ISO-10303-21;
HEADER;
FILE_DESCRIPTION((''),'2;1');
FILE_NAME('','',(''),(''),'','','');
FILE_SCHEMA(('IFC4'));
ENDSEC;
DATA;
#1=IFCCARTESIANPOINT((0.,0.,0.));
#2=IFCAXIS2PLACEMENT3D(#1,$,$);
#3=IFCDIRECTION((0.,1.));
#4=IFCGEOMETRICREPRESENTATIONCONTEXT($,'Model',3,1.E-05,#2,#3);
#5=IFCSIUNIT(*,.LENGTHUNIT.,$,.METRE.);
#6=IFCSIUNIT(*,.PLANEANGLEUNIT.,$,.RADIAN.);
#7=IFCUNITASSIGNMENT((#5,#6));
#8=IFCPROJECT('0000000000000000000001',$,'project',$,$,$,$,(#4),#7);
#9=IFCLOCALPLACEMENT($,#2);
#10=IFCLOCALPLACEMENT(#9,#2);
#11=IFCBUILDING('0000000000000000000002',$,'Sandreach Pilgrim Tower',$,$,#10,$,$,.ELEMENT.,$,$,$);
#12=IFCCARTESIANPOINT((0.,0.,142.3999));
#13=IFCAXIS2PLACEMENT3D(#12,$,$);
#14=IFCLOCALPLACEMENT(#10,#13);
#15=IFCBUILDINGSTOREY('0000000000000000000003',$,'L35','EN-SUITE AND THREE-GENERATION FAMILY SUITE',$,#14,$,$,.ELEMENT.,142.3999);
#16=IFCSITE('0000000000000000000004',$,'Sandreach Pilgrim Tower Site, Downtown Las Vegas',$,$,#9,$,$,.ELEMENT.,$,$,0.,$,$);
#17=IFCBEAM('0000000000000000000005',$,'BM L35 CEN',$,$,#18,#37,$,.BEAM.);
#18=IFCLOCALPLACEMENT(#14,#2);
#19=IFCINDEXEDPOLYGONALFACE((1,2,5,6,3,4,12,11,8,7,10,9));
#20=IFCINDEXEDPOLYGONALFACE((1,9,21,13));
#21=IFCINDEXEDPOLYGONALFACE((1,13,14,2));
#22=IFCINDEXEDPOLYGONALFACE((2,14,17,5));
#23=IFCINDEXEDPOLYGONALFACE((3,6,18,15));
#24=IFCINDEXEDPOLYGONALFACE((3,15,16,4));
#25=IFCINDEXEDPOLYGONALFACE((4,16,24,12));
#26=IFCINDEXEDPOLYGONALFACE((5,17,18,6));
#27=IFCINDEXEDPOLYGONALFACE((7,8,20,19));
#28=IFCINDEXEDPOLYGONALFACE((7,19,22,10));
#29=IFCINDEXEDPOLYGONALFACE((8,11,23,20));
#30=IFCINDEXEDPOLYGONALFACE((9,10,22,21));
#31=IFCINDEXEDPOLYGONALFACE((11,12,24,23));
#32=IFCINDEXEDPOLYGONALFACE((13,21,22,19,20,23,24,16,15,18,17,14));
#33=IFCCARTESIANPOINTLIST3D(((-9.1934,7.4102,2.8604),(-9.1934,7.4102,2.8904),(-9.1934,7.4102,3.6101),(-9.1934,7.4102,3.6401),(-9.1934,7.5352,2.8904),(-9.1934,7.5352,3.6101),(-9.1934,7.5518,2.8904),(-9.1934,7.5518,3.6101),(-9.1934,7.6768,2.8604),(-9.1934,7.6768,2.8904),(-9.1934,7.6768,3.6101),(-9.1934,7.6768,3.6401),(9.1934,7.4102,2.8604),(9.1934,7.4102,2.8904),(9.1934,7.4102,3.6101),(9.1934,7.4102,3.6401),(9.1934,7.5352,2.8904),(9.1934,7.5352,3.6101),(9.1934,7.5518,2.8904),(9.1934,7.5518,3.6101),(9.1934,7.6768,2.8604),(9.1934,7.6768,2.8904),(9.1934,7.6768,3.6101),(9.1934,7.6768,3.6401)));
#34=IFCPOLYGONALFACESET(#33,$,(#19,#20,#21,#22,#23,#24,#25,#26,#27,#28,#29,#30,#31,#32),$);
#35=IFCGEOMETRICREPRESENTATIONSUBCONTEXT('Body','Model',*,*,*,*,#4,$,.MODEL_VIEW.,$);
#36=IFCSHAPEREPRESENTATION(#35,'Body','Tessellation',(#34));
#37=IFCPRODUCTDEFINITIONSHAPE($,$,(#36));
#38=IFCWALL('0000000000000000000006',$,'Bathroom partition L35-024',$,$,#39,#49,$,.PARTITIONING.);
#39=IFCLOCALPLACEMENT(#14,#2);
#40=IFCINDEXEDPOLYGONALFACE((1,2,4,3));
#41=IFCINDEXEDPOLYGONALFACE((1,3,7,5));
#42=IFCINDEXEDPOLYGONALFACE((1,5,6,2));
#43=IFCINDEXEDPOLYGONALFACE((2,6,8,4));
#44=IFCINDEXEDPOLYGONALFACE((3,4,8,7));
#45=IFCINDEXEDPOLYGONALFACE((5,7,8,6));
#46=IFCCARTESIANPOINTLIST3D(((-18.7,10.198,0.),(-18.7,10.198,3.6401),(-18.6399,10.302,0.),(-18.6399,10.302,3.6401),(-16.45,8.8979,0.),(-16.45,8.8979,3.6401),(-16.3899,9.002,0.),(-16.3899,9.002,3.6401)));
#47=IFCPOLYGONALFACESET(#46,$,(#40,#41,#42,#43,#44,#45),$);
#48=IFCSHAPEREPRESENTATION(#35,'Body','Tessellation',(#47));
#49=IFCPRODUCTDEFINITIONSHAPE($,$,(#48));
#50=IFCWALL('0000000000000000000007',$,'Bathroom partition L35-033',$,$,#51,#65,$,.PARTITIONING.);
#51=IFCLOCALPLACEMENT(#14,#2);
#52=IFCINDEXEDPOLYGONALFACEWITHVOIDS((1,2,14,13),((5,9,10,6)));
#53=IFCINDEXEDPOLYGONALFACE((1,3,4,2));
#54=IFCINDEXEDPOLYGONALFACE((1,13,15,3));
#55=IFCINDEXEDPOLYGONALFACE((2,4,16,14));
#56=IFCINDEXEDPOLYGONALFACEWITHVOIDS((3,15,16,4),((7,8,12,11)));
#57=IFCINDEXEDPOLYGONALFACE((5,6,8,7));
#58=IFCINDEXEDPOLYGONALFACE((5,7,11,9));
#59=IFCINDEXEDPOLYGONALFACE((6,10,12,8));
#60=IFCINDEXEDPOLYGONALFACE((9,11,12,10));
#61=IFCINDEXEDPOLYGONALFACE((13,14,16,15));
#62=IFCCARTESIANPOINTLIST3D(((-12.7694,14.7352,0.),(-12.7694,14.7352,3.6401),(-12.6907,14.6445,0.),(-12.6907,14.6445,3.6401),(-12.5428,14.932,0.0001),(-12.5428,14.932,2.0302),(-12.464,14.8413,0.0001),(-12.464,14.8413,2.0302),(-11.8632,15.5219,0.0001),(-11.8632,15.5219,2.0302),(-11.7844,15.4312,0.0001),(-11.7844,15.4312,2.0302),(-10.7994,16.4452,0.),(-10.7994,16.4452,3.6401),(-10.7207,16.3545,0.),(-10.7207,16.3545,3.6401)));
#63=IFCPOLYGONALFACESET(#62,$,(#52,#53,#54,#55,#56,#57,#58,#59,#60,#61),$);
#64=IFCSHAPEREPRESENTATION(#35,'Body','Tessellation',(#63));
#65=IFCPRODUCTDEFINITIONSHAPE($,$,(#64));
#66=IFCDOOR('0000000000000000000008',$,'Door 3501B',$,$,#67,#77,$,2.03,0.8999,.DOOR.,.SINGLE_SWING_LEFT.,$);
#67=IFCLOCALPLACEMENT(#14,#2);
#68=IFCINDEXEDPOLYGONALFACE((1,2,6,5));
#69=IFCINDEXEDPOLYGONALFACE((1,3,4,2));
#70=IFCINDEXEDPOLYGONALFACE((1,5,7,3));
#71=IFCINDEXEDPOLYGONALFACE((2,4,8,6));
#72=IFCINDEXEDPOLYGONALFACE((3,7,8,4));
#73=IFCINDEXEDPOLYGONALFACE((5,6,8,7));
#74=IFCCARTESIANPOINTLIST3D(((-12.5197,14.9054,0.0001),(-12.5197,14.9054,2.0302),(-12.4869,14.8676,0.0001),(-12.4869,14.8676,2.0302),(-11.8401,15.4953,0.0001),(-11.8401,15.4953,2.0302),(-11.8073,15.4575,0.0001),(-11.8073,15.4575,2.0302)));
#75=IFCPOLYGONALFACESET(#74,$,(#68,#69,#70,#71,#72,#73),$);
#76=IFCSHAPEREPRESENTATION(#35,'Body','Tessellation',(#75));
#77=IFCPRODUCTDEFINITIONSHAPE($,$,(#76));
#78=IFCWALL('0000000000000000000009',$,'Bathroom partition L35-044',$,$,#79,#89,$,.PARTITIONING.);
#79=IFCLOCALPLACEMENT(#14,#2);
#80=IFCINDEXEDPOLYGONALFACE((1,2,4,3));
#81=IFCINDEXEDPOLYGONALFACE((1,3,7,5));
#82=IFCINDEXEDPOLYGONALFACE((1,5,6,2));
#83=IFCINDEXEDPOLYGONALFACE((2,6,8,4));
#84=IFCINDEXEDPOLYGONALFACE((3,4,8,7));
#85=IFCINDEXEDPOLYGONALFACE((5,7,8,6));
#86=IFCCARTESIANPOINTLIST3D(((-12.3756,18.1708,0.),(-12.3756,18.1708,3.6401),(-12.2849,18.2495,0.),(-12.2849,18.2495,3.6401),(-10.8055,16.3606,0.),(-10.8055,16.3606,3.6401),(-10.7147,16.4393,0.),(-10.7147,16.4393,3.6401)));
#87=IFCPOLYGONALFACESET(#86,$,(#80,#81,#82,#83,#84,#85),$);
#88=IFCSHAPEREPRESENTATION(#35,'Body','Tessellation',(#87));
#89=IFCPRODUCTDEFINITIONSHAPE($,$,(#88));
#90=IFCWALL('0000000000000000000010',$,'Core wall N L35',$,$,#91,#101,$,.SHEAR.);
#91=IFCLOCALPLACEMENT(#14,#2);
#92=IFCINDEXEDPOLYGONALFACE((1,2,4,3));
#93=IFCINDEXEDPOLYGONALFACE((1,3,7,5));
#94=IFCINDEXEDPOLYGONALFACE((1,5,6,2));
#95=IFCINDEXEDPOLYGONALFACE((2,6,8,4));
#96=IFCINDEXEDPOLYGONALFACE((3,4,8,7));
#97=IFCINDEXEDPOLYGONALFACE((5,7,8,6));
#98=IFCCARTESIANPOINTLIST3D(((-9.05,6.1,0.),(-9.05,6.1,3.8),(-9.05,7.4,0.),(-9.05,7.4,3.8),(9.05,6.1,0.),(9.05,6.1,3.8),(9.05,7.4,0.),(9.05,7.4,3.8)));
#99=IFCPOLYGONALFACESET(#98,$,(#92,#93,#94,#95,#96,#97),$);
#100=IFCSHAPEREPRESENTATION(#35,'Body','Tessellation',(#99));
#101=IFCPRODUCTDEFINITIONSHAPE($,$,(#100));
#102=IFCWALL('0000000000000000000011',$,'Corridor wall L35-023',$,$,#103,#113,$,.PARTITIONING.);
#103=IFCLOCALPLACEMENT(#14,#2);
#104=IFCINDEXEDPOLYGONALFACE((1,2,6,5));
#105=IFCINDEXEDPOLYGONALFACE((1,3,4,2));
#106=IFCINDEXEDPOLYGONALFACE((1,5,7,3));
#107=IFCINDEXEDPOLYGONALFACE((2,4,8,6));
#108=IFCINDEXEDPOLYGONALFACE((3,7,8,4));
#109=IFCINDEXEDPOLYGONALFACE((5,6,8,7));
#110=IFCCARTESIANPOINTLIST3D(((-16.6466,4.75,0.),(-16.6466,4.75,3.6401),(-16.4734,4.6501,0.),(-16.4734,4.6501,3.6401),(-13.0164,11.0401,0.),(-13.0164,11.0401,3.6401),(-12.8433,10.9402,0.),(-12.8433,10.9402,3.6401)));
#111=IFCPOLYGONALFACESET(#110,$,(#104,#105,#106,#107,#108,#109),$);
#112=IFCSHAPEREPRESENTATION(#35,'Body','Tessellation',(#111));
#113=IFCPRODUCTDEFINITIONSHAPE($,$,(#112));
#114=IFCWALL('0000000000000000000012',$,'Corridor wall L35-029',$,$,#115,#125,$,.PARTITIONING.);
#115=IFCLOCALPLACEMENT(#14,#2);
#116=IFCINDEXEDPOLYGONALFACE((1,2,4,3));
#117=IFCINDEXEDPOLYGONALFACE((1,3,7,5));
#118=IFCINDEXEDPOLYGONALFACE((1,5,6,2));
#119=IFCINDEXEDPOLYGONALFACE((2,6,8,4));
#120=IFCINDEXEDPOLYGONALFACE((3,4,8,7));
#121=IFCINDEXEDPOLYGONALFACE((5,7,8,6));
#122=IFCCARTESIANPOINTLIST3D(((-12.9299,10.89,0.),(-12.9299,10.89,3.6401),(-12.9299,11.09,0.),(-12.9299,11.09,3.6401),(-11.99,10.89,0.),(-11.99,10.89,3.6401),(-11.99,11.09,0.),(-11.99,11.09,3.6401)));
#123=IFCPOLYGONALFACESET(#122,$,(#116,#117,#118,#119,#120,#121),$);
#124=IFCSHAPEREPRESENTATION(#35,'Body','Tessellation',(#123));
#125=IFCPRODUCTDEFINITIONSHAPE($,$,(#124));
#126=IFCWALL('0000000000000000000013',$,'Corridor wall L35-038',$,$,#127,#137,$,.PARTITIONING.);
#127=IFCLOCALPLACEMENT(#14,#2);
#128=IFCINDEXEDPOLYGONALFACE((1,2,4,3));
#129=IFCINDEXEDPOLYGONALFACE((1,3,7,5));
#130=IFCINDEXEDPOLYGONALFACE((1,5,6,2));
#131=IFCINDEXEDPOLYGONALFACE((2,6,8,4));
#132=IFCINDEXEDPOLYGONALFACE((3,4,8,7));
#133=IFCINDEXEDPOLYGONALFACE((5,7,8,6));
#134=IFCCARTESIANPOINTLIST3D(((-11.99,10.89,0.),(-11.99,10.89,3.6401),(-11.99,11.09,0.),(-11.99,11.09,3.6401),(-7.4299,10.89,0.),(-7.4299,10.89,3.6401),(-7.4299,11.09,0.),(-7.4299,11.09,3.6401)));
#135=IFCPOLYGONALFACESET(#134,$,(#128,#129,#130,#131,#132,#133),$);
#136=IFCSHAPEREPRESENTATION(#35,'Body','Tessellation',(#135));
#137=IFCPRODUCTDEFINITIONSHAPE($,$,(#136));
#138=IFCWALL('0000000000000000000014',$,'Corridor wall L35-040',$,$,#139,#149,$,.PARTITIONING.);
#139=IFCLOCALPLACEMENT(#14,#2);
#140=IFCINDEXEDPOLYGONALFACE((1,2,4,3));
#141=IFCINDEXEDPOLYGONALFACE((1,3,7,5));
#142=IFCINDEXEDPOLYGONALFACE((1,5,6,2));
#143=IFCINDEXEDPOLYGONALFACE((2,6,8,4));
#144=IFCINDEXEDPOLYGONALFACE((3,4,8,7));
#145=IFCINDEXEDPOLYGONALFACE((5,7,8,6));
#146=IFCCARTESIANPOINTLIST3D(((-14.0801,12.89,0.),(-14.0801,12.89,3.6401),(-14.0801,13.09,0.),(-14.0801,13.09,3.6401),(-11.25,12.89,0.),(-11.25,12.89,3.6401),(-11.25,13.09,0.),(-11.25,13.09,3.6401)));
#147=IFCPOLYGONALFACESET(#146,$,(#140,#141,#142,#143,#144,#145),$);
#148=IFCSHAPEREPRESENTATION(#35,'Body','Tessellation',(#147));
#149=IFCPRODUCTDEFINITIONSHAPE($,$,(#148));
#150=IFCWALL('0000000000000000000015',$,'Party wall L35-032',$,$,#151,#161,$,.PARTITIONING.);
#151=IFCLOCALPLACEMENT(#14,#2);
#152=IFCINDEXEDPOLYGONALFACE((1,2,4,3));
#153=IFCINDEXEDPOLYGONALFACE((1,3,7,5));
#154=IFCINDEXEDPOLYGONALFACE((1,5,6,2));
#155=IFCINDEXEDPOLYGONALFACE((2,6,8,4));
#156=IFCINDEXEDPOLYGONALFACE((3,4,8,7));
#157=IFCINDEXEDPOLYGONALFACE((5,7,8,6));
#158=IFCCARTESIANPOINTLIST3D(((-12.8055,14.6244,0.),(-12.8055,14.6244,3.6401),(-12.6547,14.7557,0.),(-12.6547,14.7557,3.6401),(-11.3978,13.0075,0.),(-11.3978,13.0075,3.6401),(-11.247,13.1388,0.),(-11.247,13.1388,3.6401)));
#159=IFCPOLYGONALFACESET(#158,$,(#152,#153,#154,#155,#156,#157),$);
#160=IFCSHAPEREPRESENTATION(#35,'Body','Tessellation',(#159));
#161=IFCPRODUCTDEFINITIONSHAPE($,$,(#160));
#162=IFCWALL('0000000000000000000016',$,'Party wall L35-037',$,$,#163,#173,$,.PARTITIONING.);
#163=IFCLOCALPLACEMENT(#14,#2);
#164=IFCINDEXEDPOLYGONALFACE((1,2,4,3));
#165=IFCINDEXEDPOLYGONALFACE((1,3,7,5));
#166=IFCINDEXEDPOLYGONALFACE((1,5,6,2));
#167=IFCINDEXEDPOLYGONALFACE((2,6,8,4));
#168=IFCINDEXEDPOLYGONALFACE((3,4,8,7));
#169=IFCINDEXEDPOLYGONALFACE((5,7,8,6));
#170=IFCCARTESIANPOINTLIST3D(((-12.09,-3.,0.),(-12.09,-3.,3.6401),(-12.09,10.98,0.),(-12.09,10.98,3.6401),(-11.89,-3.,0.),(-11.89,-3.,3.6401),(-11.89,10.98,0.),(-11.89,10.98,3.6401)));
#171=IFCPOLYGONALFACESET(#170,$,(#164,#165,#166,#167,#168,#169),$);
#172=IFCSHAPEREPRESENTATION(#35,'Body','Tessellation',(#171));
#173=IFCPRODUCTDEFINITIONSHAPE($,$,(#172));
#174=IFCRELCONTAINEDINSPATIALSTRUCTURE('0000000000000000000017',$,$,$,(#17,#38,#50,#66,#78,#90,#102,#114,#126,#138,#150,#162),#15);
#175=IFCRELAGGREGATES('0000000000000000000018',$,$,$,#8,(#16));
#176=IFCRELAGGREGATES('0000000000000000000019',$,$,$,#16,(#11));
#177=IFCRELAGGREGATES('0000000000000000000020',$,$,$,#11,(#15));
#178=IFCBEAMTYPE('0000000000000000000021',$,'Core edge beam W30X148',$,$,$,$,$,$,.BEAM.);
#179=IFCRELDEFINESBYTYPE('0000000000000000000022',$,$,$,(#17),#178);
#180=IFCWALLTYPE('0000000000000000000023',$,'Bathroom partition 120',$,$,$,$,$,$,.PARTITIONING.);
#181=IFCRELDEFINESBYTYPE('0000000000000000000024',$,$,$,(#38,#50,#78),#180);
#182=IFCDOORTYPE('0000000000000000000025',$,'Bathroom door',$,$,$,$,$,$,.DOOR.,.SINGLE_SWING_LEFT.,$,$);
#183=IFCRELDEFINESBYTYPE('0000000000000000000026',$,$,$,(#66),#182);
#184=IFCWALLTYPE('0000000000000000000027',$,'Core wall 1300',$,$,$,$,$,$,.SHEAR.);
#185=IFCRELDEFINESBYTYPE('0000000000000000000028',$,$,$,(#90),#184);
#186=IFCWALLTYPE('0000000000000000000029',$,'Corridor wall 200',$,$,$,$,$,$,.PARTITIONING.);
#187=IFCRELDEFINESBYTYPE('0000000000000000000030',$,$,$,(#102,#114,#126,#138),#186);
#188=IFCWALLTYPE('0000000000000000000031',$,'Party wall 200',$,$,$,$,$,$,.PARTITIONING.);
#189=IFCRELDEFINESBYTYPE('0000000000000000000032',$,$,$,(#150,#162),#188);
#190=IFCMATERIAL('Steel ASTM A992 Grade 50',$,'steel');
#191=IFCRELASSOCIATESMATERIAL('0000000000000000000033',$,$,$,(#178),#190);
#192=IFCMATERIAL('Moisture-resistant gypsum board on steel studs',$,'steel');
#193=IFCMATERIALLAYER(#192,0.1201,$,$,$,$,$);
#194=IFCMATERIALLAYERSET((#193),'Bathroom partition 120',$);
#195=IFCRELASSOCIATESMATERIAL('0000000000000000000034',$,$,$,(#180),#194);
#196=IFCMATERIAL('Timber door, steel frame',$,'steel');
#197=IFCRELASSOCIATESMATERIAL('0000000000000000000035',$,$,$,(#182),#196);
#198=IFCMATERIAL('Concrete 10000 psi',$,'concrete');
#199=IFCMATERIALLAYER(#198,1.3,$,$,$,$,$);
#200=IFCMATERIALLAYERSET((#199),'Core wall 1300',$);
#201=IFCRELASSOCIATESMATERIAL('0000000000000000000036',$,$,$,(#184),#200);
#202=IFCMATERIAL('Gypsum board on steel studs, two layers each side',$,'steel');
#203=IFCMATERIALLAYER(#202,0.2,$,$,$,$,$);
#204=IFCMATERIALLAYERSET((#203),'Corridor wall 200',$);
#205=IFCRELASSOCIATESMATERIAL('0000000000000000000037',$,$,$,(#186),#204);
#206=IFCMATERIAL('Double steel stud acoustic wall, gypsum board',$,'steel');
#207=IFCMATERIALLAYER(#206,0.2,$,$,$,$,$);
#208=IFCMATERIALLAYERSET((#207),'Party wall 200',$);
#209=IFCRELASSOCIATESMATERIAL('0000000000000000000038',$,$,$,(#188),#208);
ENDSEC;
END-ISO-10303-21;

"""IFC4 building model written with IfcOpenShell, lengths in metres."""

from ifc_helpers import new_model, si_unit, direction, frame, frame_2d, origin, origin_2d, place, context, subcontext, project, spatial, rectangle, i_section, extrude, material, layer, layer_set, material_profile, profile_set, type_object, element, fill, save


model = new_model("IFC4")

# Units and contexts
model_context = context("Model", 3, precision=1e-05, world=origin(), true_north=direction((0.0, 1.0)))
body_context = subcontext(model_context, "Body", "Model", "MODEL_VIEW")
ifc_project = project(units=[si_unit("LENGTHUNIT", "METRE"), si_unit("PLANEANGLEUNIT", "RADIAN")], contexts=[model_context])

# Site, building, storey
site_placement = place(None, origin())
site = spatial("IfcSite", under=ifc_project, at=site_placement, Name="Sandreach Pilgrim Tower Site, Downtown Las Vegas", CompositionType="ELEMENT", RefElevation=0.0)
building_placement = place(site_placement, origin())
building = spatial("IfcBuilding", under=site, at=building_placement, Name="Sandreach Pilgrim Tower", CompositionType="ELEMENT")
storey_placement = place(building_placement, frame((0.0, 0.0, 142.3999)))
storey = spatial("IfcBuildingStorey", under=building, at=storey_placement, Name="L35", Description="EN-SUITE AND THREE-GENERATION FAMILY SUITE", CompositionType="ELEMENT", Elevation=142.3999)

# Beam
ifc_material_1 = material(Name="Steel ASTM A992 Grade 50", Category="steel")
ifc_material_profile = material_profile(ifc_material_1, i_section(OverallWidth=0.2666, OverallDepth=0.7798, WebThickness=0.0166, FlangeThickness=0.03, at=origin_2d()), Name="W30X148")
ifc_profile_set = profile_set([ifc_material_profile], Name="Steel ASTM A992 Grade 50")
beam_type = type_object("IfcBeamType", Name="Core edge beam W30X148", PredefinedType="BEAM", material=ifc_profile_set)
beam_placement = place(storey_placement, frame((-9.1934, 7.5435, 3.2502), z_axis=(1.0, 0.0, 0.0), x_axis=(0.0, 1.0, 0.0)))
element("IfcBeam", 1, at=beam_placement, inside=storey, type_object=beam_type, Name="BM L35 CEN", PredefinedType="BEAM", context=body_context, shape_type="SweptSolid", body=[
    extrude(i_section(OverallWidth=0.2666, OverallDepth=0.7798, WebThickness=0.0166, FlangeThickness=0.03, at=origin_2d()), origin(), (0.0, 0.0, 1.0), 18.3867),
])

# Wall
ifc_material_2 = material(Name="Moisture-resistant gypsum board on steel studs", Category="steel")
ifc_layer_1 = layer(ifc_material_2, 0.1201)
ifc_layer_set_1 = layer_set([ifc_layer_1], Name="Bathroom partition 120")
wall_type_1 = type_object("IfcWallType", Name="Bathroom partition 120", PredefinedType="PARTITIONING", material=ifc_layer_set_1)
wall_1_placement = place(storey_placement, frame((-16.4199, 8.95, 0.0), z_axis=(0.0, 0.0, 1.0), x_axis=(-0.865857, 0.500292, 0.0)))
element("IfcWall", 2, at=wall_1_placement, inside=storey, type_object=wall_type_1, Name="Bathroom partition L35-024", PredefinedType="PARTITIONING", context=body_context, shape_type="SweptSolid", body=[
    extrude(rectangle(XDim=2.5986, YDim=0.1201, at=frame_2d((1.2993, 0.0))), origin(), (0.0, 0.0, 1.0), 3.6401),
])

# Wall, opening, door
wall_2_placement = place(storey_placement, frame((-12.73, 14.6899, 0.0), z_axis=(0.0, 0.0, 1.0), x_axis=(0.755186, 0.655511, 0.0)))
wall_2 = element("IfcWall", 3, at=wall_2_placement, inside=storey, type_object=wall_type_1, Name="Bathroom partition L35-033", PredefinedType="PARTITIONING", context=body_context, shape_type="SweptSolid", body=[
    extrude(rectangle(XDim=2.6086, YDim=0.1201, at=frame_2d((1.3042, 0.0))), origin(), (0.0, 0.0, 1.0), 3.6401),
])
opening_1_placement = place(wall_2_placement, frame((0.3, 0.0, 0.0)))
opening_1 = element("IfcOpeningElement", 4, at=opening_1_placement, cuts=wall_2, PredefinedType="OPENING", context=body_context, shape_type="SweptSolid", body=[
    extrude(rectangle(XDim=0.8999, YDim=2.03, at=frame_2d((0.45, 1.0151))), frame((0.0, 0.0601, 0.0), z_axis=(0.0, -1.0, 0.0), x_axis=(1.0, 0.0, 0.0)), (0.0, 0.0, 1.0), 0.1201),
])
ifc_material_3 = material(Name="Timber door, steel frame", Category="steel")
door_type_1 = type_object("IfcDoorType", Name="Bathroom door", OperationType="SINGLE_SWING_LEFT", PredefinedType="DOOR", material=ifc_material_3)
door_1_placement = place(opening_1_placement, origin())
door_1 = element("IfcDoor", 5, at=door_1_placement, inside=storey, type_object=door_type_1, Name="Door 3501B", OperationType="SINGLE_SWING_LEFT", OverallHeight=2.03, OverallWidth=0.8999, PredefinedType="DOOR", context=body_context, shape_type="SweptSolid", body=[
    extrude(rectangle(XDim=0.8999, YDim=2.03, at=frame_2d((0.45, 1.0151))), frame((0.0, 0.0249, 0.0), z_axis=(0.0, -1.0, 0.0), x_axis=(1.0, 0.0, 0.0)), (0.0, 0.0, 1.0), 0.05),
])
fill(opening_1, door_1)

# Wall
wall_3_placement = place(storey_placement, frame((-10.76, 16.3999, 0.0), z_axis=(0.0, 0.0, 1.0), x_axis=(-0.655252, 0.75541, 0.0)))
element("IfcWall", 6, at=wall_3_placement, inside=storey, type_object=wall_type_1, Name="Bathroom partition L35-044", PredefinedType="PARTITIONING", context=body_context, shape_type="SweptSolid", body=[
    extrude(rectangle(XDim=2.3962, YDim=0.1201, at=frame_2d((1.1982, 0.0))), origin(), (0.0, 0.0, 1.0), 3.6401),
])

# Walls
ifc_material_4 = material(Name="Concrete 10000 psi", Category="concrete")
ifc_layer_2 = layer(ifc_material_4, 1.3)
ifc_layer_set_2 = layer_set([ifc_layer_2], Name="Core wall 1300")
wall_type_2 = type_object("IfcWallType", Name="Core wall 1300", PredefinedType="SHEAR", material=ifc_layer_set_2)
wall_4_placement = place(storey_placement, frame((-9.05, 6.75, 0.0), z_axis=(0.0, 0.0, 1.0), x_axis=(1.0, 0.0, 0.0)))
element("IfcWall", 7, at=wall_4_placement, inside=storey, type_object=wall_type_2, Name="Core wall N L35", PredefinedType="SHEAR", context=body_context, shape_type="SweptSolid", body=[
    extrude(rectangle(XDim=18.1001, YDim=1.3, at=frame_2d((9.05, 0.0))), origin(), (0.0, 0.0, 1.0), 3.8),
])
ifc_material_5 = material(Name="Gypsum board on steel studs, two layers each side", Category="steel")
ifc_layer_3 = layer(ifc_material_5, 0.2)
ifc_layer_set_3 = layer_set([ifc_layer_3], Name="Corridor wall 200")
wall_type_3 = type_object("IfcWallType", Name="Corridor wall 200", PredefinedType="PARTITIONING", material=ifc_layer_set_3)
wall_5_placement = place(storey_placement, frame((-16.5601, 4.7, 0.0), z_axis=(0.0, 0.0, 1.0), x_axis=(0.499852, 0.866111, 0.0)))
element("IfcWall", 8, at=wall_5_placement, inside=storey, type_object=wall_type_3, Name="Corridor wall L35-023", PredefinedType="PARTITIONING", context=body_context, shape_type="SweptSolid", body=[
    extrude(rectangle(XDim=7.2625, YDim=0.2, at=frame_2d((3.6313, 0.0))), origin(), (0.0, 0.0, 1.0), 3.6401),
])

# Walls
wall_6_placement = place(storey_placement, frame((-12.9299, 10.99, 0.0), z_axis=(0.0, 0.0, 1.0), x_axis=(1.0, 0.0, 0.0)))
element("IfcWall", 9, at=wall_6_placement, inside=storey, type_object=wall_type_3, Name="Corridor wall L35-029", PredefinedType="PARTITIONING", context=body_context, shape_type="SweptSolid", body=[
    extrude(rectangle(XDim=0.9399, YDim=0.2, at=frame_2d((0.47, 0.0))), origin(), (0.0, 0.0, 1.0), 3.6401),
])
wall_7_placement = place(storey_placement, frame((-11.99, 10.99, 0.0), z_axis=(0.0, 0.0, 1.0), x_axis=(1.0, 0.0, 0.0)))
element("IfcWall", 10, at=wall_7_placement, inside=storey, type_object=wall_type_3, Name="Corridor wall L35-038", PredefinedType="PARTITIONING", context=body_context, shape_type="SweptSolid", body=[
    extrude(rectangle(XDim=4.5601, YDim=0.2, at=frame_2d((2.28, 0.0))), origin(), (0.0, 0.0, 1.0), 3.6401),
])
wall_8_placement = place(storey_placement, frame((-11.25, 12.99, 0.0), z_axis=(0.0, 0.0, 1.0), x_axis=(-1.0, 0.0, 0.0)))
element("IfcWall", 11, at=wall_8_placement, inside=storey, type_object=wall_type_3, Name="Corridor wall L35-040", PredefinedType="PARTITIONING", context=body_context, shape_type="SweptSolid", body=[
    extrude(rectangle(XDim=2.8301, YDim=0.2, at=frame_2d((1.415, 0.0))), origin(), (0.0, 0.0, 1.0), 3.6401),
])

# Walls
ifc_material_6 = material(Name="Double steel stud acoustic wall, gypsum board", Category="steel")
ifc_layer_4 = layer(ifc_material_6, 0.2)
ifc_layer_set_4 = layer_set([ifc_layer_4], Name="Party wall 200")
wall_type_4 = type_object("IfcWallType", Name="Party wall 200", PredefinedType="PARTITIONING", material=ifc_layer_set_4)
wall_9_placement = place(storey_placement, frame((-12.73, 14.6899, 0.0), z_axis=(0.0, 0.0, 1.0), x_axis=(0.656624, -0.754218, 0.0)))
element("IfcWall", 12, at=wall_9_placement, inside=storey, type_object=wall_type_4, Name="Party wall L35-032", PredefinedType="PARTITIONING", context=body_context, shape_type="SweptSolid", body=[
    extrude(rectangle(XDim=2.1438, YDim=0.2, at=frame_2d((1.0718, 0.0))), origin(), (0.0, 0.0, 1.0), 3.6401),
])
wall_10_placement = place(storey_placement, frame((-11.99, 10.98, 0.0), z_axis=(0.0, 0.0, 1.0), x_axis=(0.0, -1.0, 0.0)))
element("IfcWall", 13, at=wall_10_placement, inside=storey, type_object=wall_type_4, Name="Party wall L35-037", PredefinedType="PARTITIONING", context=body_context, shape_type="SweptSolid", body=[
    extrude(rectangle(XDim=13.98, YDim=0.2, at=frame_2d((6.99, 0.0))), origin(), (0.0, 0.0, 1.0), 3.6401),
])

save(model, "model.ifc")
